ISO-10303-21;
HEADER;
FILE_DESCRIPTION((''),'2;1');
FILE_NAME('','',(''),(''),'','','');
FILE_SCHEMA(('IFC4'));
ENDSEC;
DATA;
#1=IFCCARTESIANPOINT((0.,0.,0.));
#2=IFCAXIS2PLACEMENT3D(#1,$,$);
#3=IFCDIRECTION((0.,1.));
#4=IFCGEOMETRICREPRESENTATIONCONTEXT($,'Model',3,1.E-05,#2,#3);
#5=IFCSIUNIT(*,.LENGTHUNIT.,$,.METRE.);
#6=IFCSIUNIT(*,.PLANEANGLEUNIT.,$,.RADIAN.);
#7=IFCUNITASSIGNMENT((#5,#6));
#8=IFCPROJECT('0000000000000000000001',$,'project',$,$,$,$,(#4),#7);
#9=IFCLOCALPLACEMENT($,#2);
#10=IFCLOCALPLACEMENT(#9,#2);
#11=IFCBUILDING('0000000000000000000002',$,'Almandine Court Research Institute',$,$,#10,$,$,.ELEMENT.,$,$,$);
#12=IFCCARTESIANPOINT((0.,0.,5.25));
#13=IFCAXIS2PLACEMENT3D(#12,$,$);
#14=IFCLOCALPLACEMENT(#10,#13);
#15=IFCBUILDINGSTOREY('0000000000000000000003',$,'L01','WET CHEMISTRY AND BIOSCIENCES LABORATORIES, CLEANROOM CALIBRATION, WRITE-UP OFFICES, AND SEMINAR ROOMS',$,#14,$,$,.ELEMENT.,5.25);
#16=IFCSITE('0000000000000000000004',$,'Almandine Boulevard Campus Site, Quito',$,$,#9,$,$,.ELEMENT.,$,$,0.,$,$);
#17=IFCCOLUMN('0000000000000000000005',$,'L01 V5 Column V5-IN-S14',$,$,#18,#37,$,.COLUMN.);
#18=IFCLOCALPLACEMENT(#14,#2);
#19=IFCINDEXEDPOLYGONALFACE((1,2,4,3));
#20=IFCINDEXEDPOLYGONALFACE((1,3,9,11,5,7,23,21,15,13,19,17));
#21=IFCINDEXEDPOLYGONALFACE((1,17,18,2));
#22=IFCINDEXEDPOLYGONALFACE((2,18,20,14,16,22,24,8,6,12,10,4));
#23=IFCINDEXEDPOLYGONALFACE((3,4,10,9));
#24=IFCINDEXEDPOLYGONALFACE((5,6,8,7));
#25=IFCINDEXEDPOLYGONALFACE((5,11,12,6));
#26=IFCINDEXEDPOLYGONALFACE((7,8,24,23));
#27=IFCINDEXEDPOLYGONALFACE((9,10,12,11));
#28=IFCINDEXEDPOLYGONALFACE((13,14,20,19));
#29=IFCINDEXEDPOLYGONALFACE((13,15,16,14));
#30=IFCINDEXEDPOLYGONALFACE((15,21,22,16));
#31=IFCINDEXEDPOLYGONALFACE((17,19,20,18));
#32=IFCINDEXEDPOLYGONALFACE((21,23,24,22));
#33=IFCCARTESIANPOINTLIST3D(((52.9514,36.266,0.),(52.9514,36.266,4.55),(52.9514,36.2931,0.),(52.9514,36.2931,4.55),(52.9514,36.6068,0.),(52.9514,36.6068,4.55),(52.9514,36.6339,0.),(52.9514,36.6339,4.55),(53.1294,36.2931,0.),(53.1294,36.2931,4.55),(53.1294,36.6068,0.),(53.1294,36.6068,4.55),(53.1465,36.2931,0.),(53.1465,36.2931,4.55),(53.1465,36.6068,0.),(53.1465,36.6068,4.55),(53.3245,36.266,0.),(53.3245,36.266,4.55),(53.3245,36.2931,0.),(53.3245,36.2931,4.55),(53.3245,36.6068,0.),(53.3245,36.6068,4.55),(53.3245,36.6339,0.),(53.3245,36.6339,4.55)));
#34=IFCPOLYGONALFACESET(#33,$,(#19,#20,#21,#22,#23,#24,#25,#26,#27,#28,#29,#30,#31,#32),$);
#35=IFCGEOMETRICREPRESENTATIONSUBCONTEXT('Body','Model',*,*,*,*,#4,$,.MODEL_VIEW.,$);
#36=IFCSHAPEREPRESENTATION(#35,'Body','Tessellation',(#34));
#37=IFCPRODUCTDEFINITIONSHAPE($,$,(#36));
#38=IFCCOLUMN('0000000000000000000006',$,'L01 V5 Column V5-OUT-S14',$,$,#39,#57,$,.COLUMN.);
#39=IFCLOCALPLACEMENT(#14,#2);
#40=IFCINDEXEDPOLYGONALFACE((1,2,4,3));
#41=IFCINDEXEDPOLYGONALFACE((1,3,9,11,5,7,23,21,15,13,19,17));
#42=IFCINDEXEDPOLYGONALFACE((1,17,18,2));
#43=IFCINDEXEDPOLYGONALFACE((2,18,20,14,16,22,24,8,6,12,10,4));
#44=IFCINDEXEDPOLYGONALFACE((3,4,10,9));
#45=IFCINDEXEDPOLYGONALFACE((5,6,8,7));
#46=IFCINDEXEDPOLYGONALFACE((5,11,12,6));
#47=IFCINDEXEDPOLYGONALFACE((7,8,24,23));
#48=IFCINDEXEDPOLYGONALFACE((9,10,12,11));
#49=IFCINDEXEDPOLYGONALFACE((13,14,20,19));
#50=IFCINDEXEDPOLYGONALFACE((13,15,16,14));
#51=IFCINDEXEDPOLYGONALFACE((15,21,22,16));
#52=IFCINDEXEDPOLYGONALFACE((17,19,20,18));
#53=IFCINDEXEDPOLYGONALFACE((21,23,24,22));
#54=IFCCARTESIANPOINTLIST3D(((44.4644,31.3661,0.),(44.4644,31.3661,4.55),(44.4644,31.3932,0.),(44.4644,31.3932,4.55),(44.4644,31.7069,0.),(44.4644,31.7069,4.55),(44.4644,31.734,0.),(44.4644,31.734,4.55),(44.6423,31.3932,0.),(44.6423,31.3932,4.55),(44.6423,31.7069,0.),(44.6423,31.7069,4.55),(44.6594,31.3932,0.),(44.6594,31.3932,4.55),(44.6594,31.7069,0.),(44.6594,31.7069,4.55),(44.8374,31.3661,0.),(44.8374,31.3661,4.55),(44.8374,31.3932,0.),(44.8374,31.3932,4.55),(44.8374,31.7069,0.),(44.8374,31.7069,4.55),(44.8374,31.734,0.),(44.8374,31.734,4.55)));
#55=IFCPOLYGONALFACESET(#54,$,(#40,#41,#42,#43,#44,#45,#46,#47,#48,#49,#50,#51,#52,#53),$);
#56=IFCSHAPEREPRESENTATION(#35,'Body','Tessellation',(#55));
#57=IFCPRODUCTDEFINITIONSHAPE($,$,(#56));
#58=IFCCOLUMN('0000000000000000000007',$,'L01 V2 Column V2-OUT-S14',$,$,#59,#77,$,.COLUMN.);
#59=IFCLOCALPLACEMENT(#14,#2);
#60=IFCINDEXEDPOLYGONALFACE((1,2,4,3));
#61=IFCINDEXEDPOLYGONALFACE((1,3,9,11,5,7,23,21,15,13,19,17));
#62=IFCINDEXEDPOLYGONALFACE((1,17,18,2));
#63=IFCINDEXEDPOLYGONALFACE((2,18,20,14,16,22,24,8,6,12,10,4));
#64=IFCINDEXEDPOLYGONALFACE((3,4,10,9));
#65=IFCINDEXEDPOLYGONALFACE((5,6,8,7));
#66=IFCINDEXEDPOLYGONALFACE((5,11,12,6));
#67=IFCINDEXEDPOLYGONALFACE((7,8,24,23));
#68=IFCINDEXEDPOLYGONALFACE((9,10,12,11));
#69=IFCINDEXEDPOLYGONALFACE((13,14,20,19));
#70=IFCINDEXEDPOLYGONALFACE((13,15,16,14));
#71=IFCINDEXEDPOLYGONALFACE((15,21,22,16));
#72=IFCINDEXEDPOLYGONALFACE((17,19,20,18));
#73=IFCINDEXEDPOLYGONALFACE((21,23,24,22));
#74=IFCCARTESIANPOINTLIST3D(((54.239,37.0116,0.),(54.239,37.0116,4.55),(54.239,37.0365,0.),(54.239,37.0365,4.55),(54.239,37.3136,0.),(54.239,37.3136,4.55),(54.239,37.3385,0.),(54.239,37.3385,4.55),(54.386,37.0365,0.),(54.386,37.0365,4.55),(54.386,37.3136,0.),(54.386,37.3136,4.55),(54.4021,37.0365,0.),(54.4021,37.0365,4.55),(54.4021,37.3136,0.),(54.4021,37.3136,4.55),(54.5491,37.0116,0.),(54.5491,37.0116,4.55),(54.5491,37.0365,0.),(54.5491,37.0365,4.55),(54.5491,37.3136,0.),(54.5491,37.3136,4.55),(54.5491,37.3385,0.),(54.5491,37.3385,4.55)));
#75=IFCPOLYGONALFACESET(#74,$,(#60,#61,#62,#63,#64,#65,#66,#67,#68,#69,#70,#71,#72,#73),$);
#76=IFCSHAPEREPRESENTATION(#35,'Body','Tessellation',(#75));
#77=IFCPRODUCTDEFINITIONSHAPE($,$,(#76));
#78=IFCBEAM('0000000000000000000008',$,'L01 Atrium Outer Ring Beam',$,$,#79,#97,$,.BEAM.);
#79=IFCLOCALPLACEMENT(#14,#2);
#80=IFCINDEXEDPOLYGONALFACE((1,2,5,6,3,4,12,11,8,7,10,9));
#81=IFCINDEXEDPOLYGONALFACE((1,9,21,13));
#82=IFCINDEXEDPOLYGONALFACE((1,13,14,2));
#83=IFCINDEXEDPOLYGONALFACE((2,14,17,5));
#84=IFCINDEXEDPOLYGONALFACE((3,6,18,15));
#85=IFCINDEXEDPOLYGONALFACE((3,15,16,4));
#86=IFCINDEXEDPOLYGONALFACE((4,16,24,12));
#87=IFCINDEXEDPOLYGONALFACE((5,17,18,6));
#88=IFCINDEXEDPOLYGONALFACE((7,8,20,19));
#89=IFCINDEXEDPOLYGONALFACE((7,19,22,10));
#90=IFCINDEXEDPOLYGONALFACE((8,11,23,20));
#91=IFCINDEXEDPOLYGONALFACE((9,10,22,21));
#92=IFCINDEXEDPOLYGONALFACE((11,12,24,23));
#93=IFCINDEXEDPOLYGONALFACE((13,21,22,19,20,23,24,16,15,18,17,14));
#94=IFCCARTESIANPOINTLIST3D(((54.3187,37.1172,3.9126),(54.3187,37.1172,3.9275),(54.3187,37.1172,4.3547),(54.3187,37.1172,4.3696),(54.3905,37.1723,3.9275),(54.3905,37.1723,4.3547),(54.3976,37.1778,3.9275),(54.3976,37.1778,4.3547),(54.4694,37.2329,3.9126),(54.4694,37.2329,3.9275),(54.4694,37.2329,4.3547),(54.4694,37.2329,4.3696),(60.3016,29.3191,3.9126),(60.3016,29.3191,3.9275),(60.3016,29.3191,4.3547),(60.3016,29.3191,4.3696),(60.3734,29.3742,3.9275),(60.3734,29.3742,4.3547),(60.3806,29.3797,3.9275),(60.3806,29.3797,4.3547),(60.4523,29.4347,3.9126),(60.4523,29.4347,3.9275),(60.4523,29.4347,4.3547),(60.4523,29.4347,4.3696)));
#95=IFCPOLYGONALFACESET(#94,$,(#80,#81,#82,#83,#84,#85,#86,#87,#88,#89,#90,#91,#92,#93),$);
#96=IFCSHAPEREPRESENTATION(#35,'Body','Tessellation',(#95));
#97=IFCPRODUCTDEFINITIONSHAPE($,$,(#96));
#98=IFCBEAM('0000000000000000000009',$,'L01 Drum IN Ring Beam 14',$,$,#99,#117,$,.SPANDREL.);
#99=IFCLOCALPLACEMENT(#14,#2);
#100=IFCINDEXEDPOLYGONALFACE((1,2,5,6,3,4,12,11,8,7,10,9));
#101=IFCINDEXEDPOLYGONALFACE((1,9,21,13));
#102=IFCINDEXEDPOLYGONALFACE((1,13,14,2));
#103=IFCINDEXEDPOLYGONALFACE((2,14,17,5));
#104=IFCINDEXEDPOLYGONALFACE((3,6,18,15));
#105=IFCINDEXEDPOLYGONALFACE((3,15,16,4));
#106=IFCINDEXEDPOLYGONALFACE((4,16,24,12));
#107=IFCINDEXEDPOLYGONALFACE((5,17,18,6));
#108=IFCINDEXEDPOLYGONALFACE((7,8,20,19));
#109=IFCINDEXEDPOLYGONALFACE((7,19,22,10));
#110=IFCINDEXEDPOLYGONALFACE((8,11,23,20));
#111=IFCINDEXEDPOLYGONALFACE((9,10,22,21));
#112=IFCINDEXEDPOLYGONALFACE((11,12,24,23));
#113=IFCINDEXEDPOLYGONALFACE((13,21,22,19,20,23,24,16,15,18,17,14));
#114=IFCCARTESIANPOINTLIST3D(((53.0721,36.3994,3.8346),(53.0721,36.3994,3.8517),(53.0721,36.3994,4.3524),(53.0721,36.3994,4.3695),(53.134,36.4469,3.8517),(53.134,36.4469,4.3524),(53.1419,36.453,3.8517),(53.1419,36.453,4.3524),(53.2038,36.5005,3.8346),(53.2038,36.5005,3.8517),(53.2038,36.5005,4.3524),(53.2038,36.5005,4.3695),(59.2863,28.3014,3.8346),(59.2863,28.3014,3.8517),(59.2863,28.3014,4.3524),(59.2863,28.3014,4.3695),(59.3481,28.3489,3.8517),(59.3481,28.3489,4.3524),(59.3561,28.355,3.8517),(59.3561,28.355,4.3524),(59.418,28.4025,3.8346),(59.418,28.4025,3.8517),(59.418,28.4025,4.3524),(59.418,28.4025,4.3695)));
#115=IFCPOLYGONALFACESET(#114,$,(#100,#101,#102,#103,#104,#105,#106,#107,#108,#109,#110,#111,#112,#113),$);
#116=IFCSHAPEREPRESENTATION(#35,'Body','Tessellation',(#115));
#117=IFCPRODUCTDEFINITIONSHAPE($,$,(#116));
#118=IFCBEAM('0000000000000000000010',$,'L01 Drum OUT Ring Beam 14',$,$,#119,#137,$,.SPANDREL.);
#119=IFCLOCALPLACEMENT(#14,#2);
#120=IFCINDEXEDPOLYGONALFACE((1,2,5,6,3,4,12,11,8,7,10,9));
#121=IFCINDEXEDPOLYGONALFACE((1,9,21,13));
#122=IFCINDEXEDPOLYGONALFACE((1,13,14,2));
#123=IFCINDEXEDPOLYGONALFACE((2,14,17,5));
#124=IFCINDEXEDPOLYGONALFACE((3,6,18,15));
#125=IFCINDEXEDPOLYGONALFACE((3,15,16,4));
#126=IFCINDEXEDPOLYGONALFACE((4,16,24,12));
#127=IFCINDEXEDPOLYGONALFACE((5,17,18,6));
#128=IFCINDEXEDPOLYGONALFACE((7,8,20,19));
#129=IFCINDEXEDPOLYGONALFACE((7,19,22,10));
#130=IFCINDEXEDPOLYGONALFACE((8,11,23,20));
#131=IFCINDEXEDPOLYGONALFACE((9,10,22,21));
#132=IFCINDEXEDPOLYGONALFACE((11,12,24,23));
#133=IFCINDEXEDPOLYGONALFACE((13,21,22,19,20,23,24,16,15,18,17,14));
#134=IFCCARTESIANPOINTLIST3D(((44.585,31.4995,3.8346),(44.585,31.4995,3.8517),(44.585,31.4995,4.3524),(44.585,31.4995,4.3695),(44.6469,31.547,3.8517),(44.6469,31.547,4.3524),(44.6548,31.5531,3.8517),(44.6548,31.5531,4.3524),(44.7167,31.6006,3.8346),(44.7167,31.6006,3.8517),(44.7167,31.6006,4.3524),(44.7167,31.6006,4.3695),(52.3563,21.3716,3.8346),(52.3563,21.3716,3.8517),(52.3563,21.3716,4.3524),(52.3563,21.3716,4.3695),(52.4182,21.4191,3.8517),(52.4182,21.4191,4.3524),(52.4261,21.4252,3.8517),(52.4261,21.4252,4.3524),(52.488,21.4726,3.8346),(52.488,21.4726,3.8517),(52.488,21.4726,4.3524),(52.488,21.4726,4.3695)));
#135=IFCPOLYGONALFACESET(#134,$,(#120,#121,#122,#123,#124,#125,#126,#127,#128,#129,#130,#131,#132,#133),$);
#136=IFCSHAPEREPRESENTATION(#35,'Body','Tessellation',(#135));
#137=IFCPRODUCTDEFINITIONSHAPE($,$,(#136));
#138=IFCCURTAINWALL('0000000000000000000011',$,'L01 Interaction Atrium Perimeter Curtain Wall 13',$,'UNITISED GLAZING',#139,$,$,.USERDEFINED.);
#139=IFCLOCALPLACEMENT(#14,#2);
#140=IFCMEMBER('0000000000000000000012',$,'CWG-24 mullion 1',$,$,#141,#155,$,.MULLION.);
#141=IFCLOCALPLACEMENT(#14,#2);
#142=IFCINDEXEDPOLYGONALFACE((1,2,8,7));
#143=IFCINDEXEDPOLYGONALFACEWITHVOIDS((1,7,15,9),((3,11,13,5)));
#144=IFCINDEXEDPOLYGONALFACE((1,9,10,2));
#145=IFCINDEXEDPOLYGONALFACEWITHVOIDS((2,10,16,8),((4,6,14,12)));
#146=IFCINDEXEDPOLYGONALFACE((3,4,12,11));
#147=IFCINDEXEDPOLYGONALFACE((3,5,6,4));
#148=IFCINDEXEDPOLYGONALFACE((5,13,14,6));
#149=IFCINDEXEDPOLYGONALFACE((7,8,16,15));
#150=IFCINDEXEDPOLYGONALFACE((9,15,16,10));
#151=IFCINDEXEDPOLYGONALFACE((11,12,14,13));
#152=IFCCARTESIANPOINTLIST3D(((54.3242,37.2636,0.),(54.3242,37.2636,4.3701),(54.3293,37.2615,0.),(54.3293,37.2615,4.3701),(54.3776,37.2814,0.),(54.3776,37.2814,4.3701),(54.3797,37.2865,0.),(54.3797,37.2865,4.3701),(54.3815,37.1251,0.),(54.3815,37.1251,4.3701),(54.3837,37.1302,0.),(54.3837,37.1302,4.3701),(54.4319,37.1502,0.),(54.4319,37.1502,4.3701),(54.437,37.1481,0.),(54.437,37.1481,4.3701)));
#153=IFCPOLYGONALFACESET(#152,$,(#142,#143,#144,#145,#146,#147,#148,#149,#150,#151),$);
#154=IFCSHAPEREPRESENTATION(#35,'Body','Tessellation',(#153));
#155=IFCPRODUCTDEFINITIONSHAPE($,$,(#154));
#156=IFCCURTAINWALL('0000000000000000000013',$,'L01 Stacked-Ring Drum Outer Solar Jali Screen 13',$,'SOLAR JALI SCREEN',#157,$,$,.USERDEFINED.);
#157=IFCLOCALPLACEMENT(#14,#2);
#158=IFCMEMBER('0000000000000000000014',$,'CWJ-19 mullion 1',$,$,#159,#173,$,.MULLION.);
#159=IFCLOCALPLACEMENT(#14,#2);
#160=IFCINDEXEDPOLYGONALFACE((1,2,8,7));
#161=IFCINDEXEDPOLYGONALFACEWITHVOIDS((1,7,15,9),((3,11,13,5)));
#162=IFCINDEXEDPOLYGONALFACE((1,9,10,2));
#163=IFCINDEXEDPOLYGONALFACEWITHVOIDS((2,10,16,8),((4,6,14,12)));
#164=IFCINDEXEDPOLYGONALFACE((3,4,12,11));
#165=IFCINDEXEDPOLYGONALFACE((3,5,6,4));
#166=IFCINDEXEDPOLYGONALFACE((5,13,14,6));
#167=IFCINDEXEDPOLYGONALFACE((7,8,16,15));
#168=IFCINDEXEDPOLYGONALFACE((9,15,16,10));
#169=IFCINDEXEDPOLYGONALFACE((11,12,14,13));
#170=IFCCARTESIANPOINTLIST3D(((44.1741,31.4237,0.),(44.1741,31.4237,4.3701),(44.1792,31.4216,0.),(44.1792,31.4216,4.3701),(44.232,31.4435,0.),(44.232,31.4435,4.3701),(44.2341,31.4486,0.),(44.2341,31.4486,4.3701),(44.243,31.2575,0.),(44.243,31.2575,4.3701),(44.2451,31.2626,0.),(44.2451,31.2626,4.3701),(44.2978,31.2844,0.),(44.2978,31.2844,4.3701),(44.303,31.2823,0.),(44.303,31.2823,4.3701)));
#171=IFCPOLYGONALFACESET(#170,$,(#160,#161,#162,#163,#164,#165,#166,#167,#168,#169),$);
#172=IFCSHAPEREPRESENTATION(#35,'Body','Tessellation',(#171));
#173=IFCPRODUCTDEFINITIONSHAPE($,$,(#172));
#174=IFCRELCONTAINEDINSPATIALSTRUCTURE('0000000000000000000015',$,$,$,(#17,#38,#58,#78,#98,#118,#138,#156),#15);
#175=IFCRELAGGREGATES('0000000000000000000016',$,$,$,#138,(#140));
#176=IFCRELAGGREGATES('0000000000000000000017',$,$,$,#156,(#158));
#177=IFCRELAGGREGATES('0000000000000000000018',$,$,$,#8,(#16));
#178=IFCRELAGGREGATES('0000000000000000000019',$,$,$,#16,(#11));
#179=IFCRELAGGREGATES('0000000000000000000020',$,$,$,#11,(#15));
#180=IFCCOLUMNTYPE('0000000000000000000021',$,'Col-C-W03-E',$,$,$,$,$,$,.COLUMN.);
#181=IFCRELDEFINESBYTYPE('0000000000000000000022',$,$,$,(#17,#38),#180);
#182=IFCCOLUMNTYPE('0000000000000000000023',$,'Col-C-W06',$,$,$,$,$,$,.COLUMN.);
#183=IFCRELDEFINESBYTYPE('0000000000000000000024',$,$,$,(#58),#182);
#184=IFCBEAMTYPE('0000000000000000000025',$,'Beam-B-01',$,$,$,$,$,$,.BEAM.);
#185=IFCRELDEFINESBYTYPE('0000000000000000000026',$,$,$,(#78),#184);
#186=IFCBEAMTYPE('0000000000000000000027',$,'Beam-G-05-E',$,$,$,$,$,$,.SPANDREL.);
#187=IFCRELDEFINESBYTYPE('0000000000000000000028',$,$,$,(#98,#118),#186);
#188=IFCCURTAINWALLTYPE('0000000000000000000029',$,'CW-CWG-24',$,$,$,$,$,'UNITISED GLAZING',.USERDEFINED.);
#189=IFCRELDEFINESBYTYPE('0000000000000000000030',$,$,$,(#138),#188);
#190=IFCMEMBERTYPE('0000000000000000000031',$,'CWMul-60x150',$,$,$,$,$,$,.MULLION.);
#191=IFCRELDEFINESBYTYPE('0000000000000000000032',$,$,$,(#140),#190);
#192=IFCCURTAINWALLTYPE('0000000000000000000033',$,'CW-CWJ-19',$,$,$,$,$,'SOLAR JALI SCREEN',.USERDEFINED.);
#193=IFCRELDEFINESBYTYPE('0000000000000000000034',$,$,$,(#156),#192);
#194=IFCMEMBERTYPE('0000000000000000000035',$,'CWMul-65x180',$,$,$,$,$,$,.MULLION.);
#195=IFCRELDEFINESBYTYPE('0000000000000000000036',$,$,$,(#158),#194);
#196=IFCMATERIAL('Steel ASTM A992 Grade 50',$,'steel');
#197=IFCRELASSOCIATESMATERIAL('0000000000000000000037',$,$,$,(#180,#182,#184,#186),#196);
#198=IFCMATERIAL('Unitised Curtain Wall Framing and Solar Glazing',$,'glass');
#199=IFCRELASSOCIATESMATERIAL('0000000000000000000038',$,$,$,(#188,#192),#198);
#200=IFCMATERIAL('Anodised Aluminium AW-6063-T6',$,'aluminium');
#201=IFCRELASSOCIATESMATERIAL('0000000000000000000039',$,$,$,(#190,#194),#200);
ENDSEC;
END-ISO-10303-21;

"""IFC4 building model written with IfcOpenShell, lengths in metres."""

from ifc_helpers import new_model, si_unit, direction, frame, origin, origin_2d, place, context, subcontext, project, spatial, hollow_rectangle, i_section, extrude, material, material_profile, profile_set, type_object, element, aggregate, save


model = new_model("IFC4")

# Units and contexts
model_context = context("Model", 3, precision=1e-05, world=origin(), true_north=direction((0.0, 1.0)))
body_context = subcontext(model_context, "Body", "Model", "MODEL_VIEW")
ifc_project = project(units=[si_unit("LENGTHUNIT", "METRE"), si_unit("PLANEANGLEUNIT", "RADIAN")], contexts=[model_context])

# Site, building, storey
site_placement = place(None, origin())
site = spatial("IfcSite", under=ifc_project, at=site_placement, Name="Almandine Boulevard Campus Site, Quito", CompositionType="ELEMENT", RefElevation=0.0)
building_placement = place(site_placement, origin())
building = spatial("IfcBuilding", under=site, at=building_placement, Name="Almandine Court Research Institute", CompositionType="ELEMENT")
storey_placement = place(building_placement, frame((0.0, 0.0, 5.25)))
storey = spatial("IfcBuildingStorey", under=building, at=storey_placement, Name="L01", Description="WET CHEMISTRY AND BIOSCIENCES LABORATORIES, CLEANROOM CALIBRATION, WRITE-UP OFFICES, AND SEMINAR ROOMS", CompositionType="ELEMENT", Elevation=5.25)

# Columns
ifc_material_1 = material(Name="Steel ASTM A992 Grade 50", Category="steel")
ifc_material_profile_1 = material_profile(ifc_material_1, i_section(OverallWidth=0.373, OverallDepth=0.3679, WebThickness=0.0171, FlangeThickness=0.0271, at=origin_2d()), Name="W360x179")
ifc_profile_set_1 = profile_set([ifc_material_profile_1], Name="Steel ASTM A992 Grade 50")
column_type_1 = type_object("IfcColumnType", Name="Col-C-W03-E", PredefinedType="COLUMN", material=ifc_profile_set_1)
for number, where, z_axis, x_axis, name in (
    (1, (53.1379, 36.45, 0.0), (0.0, 0.0, 1.0), (1.0, 0.0, 0.0), "L01 V5 Column V5-IN-S14"),
    (2, (44.6509, 31.55, 0.0), (0.0, 0.0, 1.0), (1.0, 0.0, 0.0), "L01 V5 Column V5-OUT-S14"),
):
    element("IfcColumn", number, at=place(storey_placement, frame(where, z_axis=z_axis, x_axis=x_axis)), inside=storey, type_object=column_type_1, Name=name, PredefinedType="COLUMN", context=body_context, shape_type="SweptSolid", body=[
        extrude(i_section(OverallWidth=0.373, OverallDepth=0.3679, WebThickness=0.0171, FlangeThickness=0.0271, at=origin_2d()), origin(), (0.0, 0.0, 1.0), 4.55),
    ])
ifc_material_profile_2 = material_profile(ifc_material_1, i_section(OverallWidth=0.3101, OverallDepth=0.3269, WebThickness=0.0161, FlangeThickness=0.0249, at=origin_2d()), Name="W310x158")
ifc_profile_set_2 = profile_set([ifc_material_profile_2], Name="Steel ASTM A992 Grade 50")
column_type_2 = type_object("IfcColumnType", Name="Col-C-W06", PredefinedType="COLUMN", material=ifc_profile_set_2)
column_placement = place(storey_placement, frame((54.394, 37.175, 0.0), z_axis=(0.0, 0.0, 1.0), x_axis=(1.0, 0.0, 0.0)))
element("IfcColumn", 3, at=column_placement, inside=storey, type_object=column_type_2, Name="L01 V2 Column V2-OUT-S14", PredefinedType="COLUMN", context=body_context, shape_type="SweptSolid", body=[
    extrude(i_section(OverallWidth=0.3101, OverallDepth=0.3269, WebThickness=0.0161, FlangeThickness=0.0249, at=origin_2d()), origin(), (0.0, 0.0, 1.0), 4.55),
])

# Beams
ifc_material_profile_3 = material_profile(ifc_material_1, i_section(OverallWidth=0.1899, OverallDepth=0.457, WebThickness=0.009, FlangeThickness=0.0149, at=origin_2d()), Name="W460x74")
ifc_profile_set_3 = profile_set([ifc_material_profile_3], Name="Steel ASTM A992 Grade 50")
beam_type_1 = type_object("IfcBeamType", Name="Beam-B-01", PredefinedType="BEAM", material=ifc_profile_set_3)
beam_1_placement = place(storey_placement, frame((54.394, 37.175, 4.1411), z_axis=(0.608712, -0.793392, 0.0), x_axis=(0.793392, 0.608712, 0.0)))
element("IfcBeam", 4, at=beam_1_placement, inside=storey, type_object=beam_type_1, Name="L01 Atrium Outer Ring Beam", PredefinedType="BEAM", context=body_context, shape_type="SweptSolid", body=[
    extrude(i_section(OverallWidth=0.1899, OverallDepth=0.457, WebThickness=0.009, FlangeThickness=0.0149, at=origin_2d()), origin(), (0.0, 0.0, 1.0), 9.8289),
])
ifc_material_profile_4 = material_profile(ifc_material_1, i_section(OverallWidth=0.166, OverallDepth=0.5349, WebThickness=0.01, FlangeThickness=0.0171, at=origin_2d()), Name="W530x85")
ifc_profile_set_4 = profile_set([ifc_material_profile_4], Name="Steel ASTM A992 Grade 50")
beam_type_2 = type_object("IfcBeamType", Name="Beam-G-05-E", PredefinedType="SPANDREL", material=ifc_profile_set_4)
beam_2_placement = place(storey_placement, frame((53.1379, 36.45, 4.1021), z_axis=(0.608784, -0.793336, 0.0), x_axis=(0.793336, 0.608784, 0.0)))
element("IfcBeam", 5, at=beam_2_placement, inside=storey, type_object=beam_type_2, Name="L01 Drum IN Ring Beam 14", PredefinedType="SPANDREL", context=body_context, shape_type="SweptSolid", body=[
    extrude(i_section(OverallWidth=0.166, OverallDepth=0.5349, WebThickness=0.01, FlangeThickness=0.0171, at=origin_2d()), origin(), (0.0, 0.0, 1.0), 10.2075),
])
beam_3_placement = place(storey_placement, frame((44.6509, 31.55, 4.1021), z_axis=(0.608752, -0.793361, 0.0), x_axis=(0.793361, 0.608752, 0.0)))
element("IfcBeam", 6, at=beam_3_placement, inside=storey, type_object=beam_type_2, Name="L01 Drum OUT Ring Beam 14", PredefinedType="SPANDREL", context=body_context, shape_type="SweptSolid", body=[
    extrude(i_section(OverallWidth=0.166, OverallDepth=0.5349, WebThickness=0.01, FlangeThickness=0.0171, at=origin_2d()), origin(), (0.0, 0.0, 1.0), 12.7659),
])

# Curtain wall, member
ifc_material_2 = material(Name="Unitised Curtain Wall Framing and Solar Glazing", Category="glass")
curtain_wall_type_1 = type_object("IfcCurtainWallType", Name="CW-CWG-24", ElementType="UNITISED GLAZING", PredefinedType="USERDEFINED", material=ifc_material_2)
curtain_wall_1_placement = place(storey_placement, origin())
curtain_wall_1 = element("IfcCurtainWall", 7, at=curtain_wall_1_placement, inside=storey, type_object=curtain_wall_type_1, Name="L01 Interaction Atrium Perimeter Curtain Wall 13", ObjectType="UNITISED GLAZING", PredefinedType="USERDEFINED")
ifc_material_3 = material(Name="Anodised Aluminium AW-6063-T6", Category="aluminium")
ifc_material_profile_5 = material_profile(ifc_material_3, hollow_rectangle(XDim=0.0601, YDim=0.1499, WallThickness=0.0039, at=origin_2d()), Name="ALU RHS 60x150x4")
ifc_profile_set_5 = profile_set([ifc_material_profile_5], Name="Anodised Aluminium AW-6063-T6")
member_type_1 = type_object("IfcMemberType", Name="CWMul-60x150", PredefinedType="MULLION", material=ifc_profile_set_5)
member_1_placement = place(storey_placement, frame((54.3806, 37.2058, 0.0), z_axis=(0.0, 0.0, 1.0), x_axis=(-0.9239, -0.382634, 0.0)))
member_1 = element("IfcMember", 8, at=member_1_placement, type_object=member_type_1, Name="CWG-24 mullion 1", PredefinedType="MULLION", context=body_context, shape_type="SweptSolid", body=[
    extrude(hollow_rectangle(XDim=0.0601, YDim=0.1499, WallThickness=0.0039, at=origin_2d()), origin(), (0.0, 0.0, 1.0), 4.3701),
])

# Curtain wall, member
curtain_wall_type_2 = type_object("IfcCurtainWallType", Name="CW-CWJ-19", ElementType="SOLAR JALI SCREEN", PredefinedType="USERDEFINED", material=ifc_material_2)
curtain_wall_2_placement = place(storey_placement, origin())
curtain_wall_2 = element("IfcCurtainWall", 9, at=curtain_wall_2_placement, inside=storey, type_object=curtain_wall_type_2, Name="L01 Stacked-Ring Drum Outer Solar Jali Screen 13", ObjectType="SOLAR JALI SCREEN", PredefinedType="USERDEFINED")
ifc_material_profile_6 = material_profile(ifc_material_3, hollow_rectangle(XDim=0.0649, YDim=0.1799, WallThickness=0.0039, at=origin_2d()), Name="ALU RHS 65x180x4")
ifc_profile_set_6 = profile_set([ifc_material_profile_6], Name="Anodised Aluminium AW-6063-T6")
member_type_2 = type_object("IfcMemberType", Name="CWMul-65x180", PredefinedType="MULLION", material=ifc_profile_set_6)
member_2_placement = place(storey_placement, frame((44.2385, 31.353, 0.0), z_axis=(0.0, 0.0, 1.0), x_axis=(-0.923888, -0.382663, 0.0)))
member_2 = element("IfcMember", 10, at=member_2_placement, type_object=member_type_2, Name="CWJ-19 mullion 1", PredefinedType="MULLION", context=body_context, shape_type="SweptSolid", body=[
    extrude(hollow_rectangle(XDim=0.0649, YDim=0.1799, WallThickness=0.0039, at=origin_2d()), origin(), (0.0, 0.0, 1.0), 4.3701),
])

aggregate(curtain_wall_1, [member_1])

aggregate(curtain_wall_2, [member_2])

save(model, "model.ifc")
